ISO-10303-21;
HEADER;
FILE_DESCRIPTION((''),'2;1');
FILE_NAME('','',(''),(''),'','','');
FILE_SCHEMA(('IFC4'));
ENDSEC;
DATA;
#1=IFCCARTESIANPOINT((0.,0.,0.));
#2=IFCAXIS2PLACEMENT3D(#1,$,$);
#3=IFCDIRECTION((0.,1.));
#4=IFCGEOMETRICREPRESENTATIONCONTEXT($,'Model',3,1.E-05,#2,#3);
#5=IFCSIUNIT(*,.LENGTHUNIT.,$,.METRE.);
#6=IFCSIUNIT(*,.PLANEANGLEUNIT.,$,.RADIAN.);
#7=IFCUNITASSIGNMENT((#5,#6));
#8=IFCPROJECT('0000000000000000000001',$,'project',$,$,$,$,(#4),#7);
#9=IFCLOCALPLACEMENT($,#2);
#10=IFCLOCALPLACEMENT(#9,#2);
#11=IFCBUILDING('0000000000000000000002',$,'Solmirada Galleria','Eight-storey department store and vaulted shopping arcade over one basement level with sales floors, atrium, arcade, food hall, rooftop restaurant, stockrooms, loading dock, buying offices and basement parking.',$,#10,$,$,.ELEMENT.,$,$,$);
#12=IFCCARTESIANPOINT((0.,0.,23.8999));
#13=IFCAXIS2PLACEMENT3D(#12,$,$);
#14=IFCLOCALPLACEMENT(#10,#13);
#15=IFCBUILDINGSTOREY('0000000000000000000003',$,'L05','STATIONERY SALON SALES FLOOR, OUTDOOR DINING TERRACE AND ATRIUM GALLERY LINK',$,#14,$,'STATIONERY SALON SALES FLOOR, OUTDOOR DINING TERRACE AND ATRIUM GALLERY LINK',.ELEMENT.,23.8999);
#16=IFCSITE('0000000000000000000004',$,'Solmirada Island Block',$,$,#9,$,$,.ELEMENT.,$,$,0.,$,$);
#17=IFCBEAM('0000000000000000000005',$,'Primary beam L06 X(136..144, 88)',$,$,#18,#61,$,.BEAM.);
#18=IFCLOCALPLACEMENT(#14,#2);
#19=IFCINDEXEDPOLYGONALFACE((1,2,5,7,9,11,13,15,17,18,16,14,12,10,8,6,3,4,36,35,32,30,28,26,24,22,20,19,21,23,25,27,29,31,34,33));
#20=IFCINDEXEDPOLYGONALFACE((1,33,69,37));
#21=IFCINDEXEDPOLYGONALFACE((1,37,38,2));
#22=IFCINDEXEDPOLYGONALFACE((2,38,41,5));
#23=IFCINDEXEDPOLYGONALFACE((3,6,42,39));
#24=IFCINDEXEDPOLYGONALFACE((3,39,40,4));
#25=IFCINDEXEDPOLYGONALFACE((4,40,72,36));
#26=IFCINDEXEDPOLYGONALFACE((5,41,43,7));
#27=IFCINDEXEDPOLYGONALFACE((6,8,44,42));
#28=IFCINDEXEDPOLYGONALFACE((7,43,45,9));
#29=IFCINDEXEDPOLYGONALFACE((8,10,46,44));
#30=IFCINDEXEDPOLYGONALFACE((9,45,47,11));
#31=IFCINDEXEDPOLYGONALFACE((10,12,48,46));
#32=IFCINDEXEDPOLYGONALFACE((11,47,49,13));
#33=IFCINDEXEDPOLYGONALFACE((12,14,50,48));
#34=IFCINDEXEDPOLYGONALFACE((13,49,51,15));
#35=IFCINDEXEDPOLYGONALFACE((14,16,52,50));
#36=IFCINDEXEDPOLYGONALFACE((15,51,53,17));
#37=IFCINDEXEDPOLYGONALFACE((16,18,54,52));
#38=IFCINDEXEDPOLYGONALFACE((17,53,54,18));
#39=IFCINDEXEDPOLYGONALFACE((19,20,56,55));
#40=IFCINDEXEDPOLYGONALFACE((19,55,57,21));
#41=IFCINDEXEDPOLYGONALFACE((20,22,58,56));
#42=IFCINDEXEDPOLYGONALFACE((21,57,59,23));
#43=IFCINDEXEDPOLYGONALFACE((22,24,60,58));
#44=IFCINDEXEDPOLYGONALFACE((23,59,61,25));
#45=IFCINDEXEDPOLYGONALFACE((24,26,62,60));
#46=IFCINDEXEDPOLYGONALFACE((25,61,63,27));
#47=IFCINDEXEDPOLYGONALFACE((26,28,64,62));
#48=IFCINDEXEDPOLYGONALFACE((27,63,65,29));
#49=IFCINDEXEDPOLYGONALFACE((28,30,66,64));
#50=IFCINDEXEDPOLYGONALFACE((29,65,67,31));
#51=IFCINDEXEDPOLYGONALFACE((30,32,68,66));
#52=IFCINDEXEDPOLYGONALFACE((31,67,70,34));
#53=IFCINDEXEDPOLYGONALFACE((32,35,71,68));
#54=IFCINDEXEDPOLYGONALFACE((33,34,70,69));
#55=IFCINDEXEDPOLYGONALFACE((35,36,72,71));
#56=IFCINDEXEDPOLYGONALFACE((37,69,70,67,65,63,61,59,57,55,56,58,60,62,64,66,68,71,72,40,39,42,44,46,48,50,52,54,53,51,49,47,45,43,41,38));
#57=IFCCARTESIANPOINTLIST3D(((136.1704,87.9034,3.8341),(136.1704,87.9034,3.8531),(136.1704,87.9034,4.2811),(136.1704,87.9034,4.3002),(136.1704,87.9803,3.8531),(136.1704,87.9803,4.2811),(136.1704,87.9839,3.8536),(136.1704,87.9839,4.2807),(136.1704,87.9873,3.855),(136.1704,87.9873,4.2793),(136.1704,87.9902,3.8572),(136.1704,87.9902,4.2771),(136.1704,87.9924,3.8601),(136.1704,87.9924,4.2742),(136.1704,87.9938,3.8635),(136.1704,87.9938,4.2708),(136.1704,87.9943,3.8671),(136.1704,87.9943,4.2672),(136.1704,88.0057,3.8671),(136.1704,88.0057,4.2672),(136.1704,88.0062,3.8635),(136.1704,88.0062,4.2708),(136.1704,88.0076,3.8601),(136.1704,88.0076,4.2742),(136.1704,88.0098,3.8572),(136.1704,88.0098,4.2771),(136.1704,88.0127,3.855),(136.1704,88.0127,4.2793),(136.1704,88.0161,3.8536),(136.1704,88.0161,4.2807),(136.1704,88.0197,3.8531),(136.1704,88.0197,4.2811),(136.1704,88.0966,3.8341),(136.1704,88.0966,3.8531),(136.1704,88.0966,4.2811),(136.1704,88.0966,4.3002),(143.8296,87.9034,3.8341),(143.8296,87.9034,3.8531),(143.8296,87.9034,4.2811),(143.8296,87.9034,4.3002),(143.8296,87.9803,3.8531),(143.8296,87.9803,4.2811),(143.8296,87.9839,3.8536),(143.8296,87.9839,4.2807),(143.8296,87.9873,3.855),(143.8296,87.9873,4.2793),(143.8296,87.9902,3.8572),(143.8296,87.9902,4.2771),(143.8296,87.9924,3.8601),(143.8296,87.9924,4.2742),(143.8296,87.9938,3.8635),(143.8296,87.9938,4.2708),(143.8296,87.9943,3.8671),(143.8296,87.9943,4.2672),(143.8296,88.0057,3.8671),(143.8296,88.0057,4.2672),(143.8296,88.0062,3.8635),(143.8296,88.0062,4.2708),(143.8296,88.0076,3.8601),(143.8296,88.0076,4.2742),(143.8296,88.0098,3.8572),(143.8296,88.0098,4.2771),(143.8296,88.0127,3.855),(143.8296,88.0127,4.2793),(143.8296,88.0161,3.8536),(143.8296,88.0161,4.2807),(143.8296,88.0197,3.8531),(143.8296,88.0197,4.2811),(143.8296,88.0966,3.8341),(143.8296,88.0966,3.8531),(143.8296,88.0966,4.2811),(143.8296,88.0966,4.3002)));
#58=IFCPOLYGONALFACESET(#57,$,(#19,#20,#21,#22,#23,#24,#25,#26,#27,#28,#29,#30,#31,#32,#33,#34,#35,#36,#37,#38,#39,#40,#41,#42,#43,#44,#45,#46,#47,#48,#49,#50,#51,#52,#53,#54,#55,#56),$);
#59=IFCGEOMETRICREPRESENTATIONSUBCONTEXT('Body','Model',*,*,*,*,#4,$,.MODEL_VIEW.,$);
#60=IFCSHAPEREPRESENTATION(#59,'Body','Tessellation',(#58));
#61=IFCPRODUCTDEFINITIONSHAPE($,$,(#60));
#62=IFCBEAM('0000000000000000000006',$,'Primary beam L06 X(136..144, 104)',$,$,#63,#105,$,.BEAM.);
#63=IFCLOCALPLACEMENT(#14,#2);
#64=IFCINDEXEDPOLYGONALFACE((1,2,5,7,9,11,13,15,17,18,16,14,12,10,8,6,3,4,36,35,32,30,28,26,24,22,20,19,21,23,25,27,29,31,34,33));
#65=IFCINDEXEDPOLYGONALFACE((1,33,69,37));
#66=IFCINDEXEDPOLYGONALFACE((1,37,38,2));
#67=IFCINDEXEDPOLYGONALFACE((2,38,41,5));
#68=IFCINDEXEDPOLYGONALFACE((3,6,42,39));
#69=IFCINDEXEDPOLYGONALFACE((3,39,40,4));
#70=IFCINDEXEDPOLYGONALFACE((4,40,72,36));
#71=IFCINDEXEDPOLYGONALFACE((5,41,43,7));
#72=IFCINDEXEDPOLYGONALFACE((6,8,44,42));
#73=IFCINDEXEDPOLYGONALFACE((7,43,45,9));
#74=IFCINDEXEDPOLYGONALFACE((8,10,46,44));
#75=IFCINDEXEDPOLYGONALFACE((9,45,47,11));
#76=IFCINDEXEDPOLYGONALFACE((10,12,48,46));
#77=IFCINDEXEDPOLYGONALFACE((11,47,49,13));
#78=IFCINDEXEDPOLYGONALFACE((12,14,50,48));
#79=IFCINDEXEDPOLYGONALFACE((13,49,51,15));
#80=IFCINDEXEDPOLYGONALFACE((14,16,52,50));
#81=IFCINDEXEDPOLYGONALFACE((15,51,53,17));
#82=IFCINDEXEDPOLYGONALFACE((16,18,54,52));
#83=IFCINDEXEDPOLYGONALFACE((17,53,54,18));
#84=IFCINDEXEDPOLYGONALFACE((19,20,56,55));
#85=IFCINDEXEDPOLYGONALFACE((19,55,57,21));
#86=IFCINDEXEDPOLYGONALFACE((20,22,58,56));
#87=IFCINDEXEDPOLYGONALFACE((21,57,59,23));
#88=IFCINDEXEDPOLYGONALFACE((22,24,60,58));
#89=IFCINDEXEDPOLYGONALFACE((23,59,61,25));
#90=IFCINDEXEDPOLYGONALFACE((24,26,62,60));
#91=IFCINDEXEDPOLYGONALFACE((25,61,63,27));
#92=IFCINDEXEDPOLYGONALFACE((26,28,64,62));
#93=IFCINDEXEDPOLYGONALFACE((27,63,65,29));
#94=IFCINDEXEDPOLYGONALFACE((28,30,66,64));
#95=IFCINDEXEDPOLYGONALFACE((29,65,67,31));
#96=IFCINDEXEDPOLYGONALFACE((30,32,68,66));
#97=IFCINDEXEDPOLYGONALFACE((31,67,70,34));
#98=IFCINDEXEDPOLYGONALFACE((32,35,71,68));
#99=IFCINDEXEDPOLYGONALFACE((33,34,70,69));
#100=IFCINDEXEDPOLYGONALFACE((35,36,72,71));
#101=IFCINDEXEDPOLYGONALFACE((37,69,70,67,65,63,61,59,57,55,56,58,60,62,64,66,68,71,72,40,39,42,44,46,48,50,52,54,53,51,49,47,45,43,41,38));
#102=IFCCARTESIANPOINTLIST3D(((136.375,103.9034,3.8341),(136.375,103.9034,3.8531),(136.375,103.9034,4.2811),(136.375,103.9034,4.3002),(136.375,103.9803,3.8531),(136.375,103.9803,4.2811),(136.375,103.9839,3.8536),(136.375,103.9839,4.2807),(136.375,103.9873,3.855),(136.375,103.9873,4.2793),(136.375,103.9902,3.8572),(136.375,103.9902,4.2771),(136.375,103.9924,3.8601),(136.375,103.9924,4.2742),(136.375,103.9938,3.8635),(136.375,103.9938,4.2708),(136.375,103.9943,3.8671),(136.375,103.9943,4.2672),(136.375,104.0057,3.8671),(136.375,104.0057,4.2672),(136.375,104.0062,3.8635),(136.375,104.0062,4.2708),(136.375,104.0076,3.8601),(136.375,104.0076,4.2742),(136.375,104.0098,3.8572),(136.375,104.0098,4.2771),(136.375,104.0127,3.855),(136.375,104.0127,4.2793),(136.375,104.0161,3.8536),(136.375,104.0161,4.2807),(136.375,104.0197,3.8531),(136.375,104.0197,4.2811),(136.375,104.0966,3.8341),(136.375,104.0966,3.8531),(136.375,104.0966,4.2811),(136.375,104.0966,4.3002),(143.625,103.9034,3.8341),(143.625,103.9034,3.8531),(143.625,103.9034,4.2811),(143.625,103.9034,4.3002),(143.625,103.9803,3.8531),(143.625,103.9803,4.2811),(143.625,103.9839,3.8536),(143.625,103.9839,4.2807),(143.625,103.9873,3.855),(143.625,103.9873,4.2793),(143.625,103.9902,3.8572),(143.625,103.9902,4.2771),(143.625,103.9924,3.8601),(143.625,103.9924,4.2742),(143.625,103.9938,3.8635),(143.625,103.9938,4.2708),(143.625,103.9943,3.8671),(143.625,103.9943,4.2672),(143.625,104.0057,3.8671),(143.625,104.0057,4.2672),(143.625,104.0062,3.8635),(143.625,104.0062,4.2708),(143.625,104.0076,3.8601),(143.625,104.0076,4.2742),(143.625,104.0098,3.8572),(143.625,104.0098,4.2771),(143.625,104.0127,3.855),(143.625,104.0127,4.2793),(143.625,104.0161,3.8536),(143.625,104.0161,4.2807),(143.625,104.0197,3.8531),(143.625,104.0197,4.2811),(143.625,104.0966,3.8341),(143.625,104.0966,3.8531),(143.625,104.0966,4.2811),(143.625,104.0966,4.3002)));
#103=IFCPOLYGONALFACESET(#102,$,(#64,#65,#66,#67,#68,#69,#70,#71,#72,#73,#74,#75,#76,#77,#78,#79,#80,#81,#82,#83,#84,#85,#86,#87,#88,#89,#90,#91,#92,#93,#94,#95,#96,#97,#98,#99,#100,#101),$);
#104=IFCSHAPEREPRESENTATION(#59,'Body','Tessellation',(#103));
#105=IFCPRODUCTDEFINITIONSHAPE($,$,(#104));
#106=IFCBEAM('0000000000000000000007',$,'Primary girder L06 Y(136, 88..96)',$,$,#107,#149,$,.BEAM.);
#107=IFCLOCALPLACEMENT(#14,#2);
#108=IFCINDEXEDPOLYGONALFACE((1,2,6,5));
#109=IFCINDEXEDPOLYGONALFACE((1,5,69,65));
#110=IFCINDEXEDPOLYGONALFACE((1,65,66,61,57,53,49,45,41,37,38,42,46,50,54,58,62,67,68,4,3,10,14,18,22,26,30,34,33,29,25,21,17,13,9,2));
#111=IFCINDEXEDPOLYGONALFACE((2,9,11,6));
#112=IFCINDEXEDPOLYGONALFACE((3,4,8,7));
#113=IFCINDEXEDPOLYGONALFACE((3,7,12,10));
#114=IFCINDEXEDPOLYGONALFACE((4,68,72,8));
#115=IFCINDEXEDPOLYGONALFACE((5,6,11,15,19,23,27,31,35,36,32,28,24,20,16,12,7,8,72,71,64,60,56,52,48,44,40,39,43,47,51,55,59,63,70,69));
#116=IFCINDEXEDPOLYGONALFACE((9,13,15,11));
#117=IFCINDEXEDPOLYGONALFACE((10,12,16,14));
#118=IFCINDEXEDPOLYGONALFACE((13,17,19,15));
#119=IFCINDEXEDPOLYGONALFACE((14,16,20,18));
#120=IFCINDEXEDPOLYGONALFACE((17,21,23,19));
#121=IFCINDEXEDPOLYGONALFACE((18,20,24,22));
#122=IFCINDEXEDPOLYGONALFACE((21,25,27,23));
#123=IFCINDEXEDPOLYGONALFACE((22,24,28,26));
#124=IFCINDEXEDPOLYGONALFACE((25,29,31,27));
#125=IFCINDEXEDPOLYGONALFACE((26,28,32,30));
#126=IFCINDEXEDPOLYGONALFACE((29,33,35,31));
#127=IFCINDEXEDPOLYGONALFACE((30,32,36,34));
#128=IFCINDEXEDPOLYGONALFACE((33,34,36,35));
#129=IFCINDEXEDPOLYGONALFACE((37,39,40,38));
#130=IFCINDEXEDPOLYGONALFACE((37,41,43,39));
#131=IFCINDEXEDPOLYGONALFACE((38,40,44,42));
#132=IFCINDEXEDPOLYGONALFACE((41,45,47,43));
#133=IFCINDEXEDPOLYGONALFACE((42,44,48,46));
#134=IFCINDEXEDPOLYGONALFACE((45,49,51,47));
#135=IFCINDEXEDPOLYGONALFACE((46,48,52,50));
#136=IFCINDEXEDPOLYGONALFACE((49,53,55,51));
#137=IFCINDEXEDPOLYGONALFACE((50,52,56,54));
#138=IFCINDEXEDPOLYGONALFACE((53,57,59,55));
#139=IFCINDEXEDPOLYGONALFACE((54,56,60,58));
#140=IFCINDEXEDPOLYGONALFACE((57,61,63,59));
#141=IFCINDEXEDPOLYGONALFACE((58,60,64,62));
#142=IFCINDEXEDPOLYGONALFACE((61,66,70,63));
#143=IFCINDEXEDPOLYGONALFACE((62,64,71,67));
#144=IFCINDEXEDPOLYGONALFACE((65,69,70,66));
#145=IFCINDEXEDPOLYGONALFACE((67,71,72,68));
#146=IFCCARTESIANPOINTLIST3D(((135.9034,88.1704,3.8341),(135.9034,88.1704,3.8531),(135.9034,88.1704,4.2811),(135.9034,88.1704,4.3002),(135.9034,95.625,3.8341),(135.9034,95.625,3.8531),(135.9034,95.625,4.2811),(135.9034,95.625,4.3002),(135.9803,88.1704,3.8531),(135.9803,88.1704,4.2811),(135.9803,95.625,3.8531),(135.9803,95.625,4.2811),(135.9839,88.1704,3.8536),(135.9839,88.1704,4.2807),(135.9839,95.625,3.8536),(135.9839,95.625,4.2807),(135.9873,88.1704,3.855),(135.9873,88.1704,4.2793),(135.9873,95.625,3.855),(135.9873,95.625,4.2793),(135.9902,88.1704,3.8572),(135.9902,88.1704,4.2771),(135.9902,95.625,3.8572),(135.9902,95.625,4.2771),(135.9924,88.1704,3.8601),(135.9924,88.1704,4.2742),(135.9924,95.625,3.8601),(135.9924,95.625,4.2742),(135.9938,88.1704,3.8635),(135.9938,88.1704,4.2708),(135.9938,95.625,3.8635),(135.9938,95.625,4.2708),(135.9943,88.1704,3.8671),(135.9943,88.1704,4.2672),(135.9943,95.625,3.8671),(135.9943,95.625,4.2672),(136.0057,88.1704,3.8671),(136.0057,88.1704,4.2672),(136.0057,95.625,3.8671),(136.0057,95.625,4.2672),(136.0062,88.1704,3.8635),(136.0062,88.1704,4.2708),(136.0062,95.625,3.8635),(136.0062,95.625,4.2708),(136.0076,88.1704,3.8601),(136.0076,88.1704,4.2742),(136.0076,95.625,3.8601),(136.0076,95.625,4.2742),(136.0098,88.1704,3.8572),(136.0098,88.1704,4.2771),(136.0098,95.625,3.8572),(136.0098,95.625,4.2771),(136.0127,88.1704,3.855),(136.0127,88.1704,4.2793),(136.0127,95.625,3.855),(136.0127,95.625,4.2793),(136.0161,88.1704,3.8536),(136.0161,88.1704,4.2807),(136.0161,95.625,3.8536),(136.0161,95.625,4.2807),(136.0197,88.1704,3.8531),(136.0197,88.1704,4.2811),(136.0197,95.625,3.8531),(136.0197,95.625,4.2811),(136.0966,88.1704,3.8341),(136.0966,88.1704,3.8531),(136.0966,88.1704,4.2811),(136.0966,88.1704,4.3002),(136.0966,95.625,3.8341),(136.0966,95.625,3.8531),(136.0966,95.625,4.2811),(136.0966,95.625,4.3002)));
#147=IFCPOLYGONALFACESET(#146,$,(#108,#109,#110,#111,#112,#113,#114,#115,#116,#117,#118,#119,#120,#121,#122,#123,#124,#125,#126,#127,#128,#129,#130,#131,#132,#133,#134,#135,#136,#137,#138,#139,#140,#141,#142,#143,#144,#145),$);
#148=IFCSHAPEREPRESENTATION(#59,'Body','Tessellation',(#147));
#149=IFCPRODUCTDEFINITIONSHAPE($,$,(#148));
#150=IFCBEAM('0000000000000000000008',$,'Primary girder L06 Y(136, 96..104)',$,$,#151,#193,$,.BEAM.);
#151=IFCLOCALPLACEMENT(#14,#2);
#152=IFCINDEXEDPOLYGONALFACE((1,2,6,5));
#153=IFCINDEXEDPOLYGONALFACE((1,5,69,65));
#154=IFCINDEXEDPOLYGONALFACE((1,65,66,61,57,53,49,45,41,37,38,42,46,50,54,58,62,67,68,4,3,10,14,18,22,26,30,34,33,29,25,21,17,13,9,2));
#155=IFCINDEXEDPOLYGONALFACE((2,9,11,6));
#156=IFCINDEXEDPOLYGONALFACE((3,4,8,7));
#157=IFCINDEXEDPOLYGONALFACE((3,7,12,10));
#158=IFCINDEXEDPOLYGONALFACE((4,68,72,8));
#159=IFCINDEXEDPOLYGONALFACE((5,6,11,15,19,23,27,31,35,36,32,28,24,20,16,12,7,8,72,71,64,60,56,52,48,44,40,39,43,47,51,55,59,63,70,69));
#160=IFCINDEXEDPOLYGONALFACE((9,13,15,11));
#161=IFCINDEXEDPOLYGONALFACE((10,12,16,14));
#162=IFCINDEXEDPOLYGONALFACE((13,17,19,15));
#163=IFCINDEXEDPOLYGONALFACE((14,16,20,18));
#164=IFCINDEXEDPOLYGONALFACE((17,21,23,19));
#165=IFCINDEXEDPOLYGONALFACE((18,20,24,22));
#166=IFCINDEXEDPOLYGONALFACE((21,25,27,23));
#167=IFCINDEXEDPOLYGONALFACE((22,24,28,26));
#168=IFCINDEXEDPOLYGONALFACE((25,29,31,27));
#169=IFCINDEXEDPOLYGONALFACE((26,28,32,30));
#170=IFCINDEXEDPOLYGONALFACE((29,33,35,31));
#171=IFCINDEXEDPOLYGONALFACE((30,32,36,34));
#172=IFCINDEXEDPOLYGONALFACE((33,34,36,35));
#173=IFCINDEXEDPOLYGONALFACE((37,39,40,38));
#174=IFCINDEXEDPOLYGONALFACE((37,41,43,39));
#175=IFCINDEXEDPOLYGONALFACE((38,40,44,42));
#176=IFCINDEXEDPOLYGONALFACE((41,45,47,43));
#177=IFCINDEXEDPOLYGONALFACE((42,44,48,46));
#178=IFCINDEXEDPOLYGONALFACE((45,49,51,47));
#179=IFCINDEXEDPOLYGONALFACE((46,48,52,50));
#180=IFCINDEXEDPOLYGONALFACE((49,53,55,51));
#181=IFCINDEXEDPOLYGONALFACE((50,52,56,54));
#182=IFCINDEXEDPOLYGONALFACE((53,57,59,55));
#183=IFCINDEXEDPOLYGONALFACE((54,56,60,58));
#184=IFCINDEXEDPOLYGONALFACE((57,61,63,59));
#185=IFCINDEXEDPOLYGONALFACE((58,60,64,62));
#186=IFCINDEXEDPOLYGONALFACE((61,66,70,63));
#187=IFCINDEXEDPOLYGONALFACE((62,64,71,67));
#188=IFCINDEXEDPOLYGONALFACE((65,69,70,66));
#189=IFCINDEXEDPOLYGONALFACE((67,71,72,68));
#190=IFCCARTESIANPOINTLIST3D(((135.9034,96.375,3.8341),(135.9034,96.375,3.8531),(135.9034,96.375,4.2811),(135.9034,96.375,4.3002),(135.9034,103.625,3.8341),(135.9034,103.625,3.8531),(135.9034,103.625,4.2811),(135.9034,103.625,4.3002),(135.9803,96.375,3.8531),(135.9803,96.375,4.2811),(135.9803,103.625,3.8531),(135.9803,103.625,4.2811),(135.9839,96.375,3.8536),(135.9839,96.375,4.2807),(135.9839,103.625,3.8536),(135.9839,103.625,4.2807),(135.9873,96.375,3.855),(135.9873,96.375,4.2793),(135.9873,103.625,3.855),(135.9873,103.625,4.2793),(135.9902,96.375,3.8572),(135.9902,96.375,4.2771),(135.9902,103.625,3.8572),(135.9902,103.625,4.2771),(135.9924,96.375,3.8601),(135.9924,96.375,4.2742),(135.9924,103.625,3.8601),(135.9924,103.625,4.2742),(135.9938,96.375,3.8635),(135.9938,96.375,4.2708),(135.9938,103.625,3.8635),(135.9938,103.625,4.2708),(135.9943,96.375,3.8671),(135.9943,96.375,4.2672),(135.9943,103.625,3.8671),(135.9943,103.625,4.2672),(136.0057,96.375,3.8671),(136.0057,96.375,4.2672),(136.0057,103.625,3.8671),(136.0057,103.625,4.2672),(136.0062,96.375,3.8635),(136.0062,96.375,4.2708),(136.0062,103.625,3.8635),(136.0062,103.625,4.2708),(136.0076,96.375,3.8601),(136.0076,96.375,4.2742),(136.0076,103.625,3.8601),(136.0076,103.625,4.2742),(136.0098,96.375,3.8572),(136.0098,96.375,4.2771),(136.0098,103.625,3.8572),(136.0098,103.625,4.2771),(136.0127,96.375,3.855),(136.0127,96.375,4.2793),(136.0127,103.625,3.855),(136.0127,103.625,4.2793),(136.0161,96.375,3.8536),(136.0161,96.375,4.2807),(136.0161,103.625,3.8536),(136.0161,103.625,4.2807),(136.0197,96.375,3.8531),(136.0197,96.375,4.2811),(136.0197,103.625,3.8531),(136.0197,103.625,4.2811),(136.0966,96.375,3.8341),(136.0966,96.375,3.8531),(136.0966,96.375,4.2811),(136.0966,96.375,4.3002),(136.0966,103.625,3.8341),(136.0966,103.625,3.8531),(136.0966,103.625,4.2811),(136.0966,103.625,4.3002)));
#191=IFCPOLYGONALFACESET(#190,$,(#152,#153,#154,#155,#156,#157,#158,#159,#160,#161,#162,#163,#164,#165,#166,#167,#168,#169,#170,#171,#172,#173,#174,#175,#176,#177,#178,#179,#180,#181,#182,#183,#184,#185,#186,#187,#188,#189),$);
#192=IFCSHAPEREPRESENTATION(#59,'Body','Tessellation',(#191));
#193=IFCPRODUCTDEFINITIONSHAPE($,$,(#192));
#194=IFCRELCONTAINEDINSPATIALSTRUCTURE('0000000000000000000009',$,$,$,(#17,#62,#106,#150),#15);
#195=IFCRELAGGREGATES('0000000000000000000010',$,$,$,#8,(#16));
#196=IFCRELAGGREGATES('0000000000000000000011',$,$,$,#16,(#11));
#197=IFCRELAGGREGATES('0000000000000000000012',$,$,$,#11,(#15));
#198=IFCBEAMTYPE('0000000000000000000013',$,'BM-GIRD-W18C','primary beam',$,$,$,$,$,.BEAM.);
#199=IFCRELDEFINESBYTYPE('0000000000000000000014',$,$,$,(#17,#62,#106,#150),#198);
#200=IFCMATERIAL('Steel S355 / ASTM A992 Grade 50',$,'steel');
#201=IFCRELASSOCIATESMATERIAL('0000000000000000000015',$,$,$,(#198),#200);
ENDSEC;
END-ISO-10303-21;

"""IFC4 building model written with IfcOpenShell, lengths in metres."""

from ifc_helpers import new_model, si_unit, direction, frame, origin, origin_2d, place, context, subcontext, project, spatial, i_section, extrude, material, material_profile, profile_set, type_object, element, save


model = new_model("IFC4")

# Units and contexts
model_context = context("Model", 3, precision=1e-05, world=origin(), true_north=direction((0.0, 1.0)))
body_context = subcontext(model_context, "Body", "Model", "MODEL_VIEW")
ifc_project = project(units=[si_unit("LENGTHUNIT", "METRE"), si_unit("PLANEANGLEUNIT", "RADIAN")], contexts=[model_context])

# Site, building, storey
site_placement = place(None, origin())
site = spatial("IfcSite", under=ifc_project, at=site_placement, Name="Solmirada Island Block", CompositionType="ELEMENT", RefElevation=0.0)
building_placement = place(site_placement, origin())
building = spatial("IfcBuilding", under=site, at=building_placement, Name="Solmirada Galleria", Description="Eight-storey department store and vaulted shopping arcade over one basement level with sales floors, atrium, arcade, food hall, rooftop restaurant, stockrooms, loading dock, buying offices and basement parking.", CompositionType="ELEMENT")
storey_placement = place(building_placement, frame((0.0, 0.0, 23.8999)))
storey = spatial("IfcBuildingStorey", under=building, at=storey_placement, Name="L05", Description="STATIONERY SALON SALES FLOOR, OUTDOOR DINING TERRACE AND ATRIUM GALLERY LINK", LongName="STATIONERY SALON SALES FLOOR, OUTDOOR DINING TERRACE AND ATRIUM GALLERY LINK", CompositionType="ELEMENT", Elevation=23.8999)

# Beams
ifc_material_1 = material(Name="Steel S355 / ASTM A992 Grade 50", Category="steel")
ifc_material_profile_1 = material_profile(ifc_material_1, i_section(OverallWidth=0.1931, OverallDepth=0.4661, WebThickness=0.0115, FlangeThickness=0.019, FilletRadius=0.0139, at=origin_2d()), Name="W18X65")
ifc_profile_set_1 = profile_set([ifc_material_profile_1], Name="Steel S355 / ASTM A992 Grade 50")
beam_type_1 = type_object("IfcBeamType", Name="BM-GIRD-W18C", Description="primary beam", PredefinedType="BEAM", material=ifc_profile_set_1)
beam_1_placement = place(storey_placement, frame((136.1704, 88.0, 4.0671), z_axis=(1.0, 0.0, 0.0), x_axis=(0.0, 1.0, 0.0)))
element("IfcBeam", 1, at=beam_1_placement, inside=storey, type_object=beam_type_1, Name="Primary beam L06 X(136..144, 88)", PredefinedType="BEAM", context=body_context, shape_type="SweptSolid", body=[
    extrude(i_section(OverallWidth=0.1931, OverallDepth=0.4661, WebThickness=0.0115, FlangeThickness=0.019, FilletRadius=0.0139, at=origin_2d()), origin(), (0.0, 0.0, 1.0), 7.6592),
])
beam_2_placement = place(storey_placement, frame((136.375, 104.0, 4.0671), z_axis=(1.0, 0.0, 0.0), x_axis=(0.0, 1.0, 0.0)))
element("IfcBeam", 2, at=beam_2_placement, inside=storey, type_object=beam_type_1, Name="Primary beam L06 X(136..144, 104)", PredefinedType="BEAM", context=body_context, shape_type="SweptSolid", body=[
    extrude(i_section(OverallWidth=0.1931, OverallDepth=0.4661, WebThickness=0.0115, FlangeThickness=0.019, FilletRadius=0.0139, at=origin_2d()), origin(), (0.0, 0.0, 1.0), 7.25),
])
beam_3_placement = place(storey_placement, frame((136.0, 88.1704, 4.0671), z_axis=(0.0, 1.0, 0.0), x_axis=(-1.0, 0.0, 0.0)))
element("IfcBeam", 3, at=beam_3_placement, inside=storey, type_object=beam_type_1, Name="Primary girder L06 Y(136, 88..96)", PredefinedType="BEAM", context=body_context, shape_type="SweptSolid", body=[
    extrude(i_section(OverallWidth=0.1931, OverallDepth=0.4661, WebThickness=0.0115, FlangeThickness=0.019, FilletRadius=0.0139, at=origin_2d()), origin(), (0.0, 0.0, 1.0), 7.4546),
])
for number, where, z_axis, x_axis, name in (
    (4, (136.0, 96.375, 4.0671), (0.0, 1.0, 0.0), (-1.0, 0.0, 0.0), "Primary girder L06 Y(136, 96..104)"),
):
    element("IfcBeam", number, at=place(storey_placement, frame(where, z_axis=z_axis, x_axis=x_axis)), inside=storey, type_object=beam_type_1, Name=name, PredefinedType="BEAM", context=body_context, shape_type="SweptSolid", body=[
        extrude(i_section(OverallWidth=0.1931, OverallDepth=0.4661, WebThickness=0.0115, FlangeThickness=0.019, FilletRadius=0.0139, at=origin_2d()), origin(), (0.0, 0.0, 1.0), 7.25),
    ])

save(model, "model.ifc")
